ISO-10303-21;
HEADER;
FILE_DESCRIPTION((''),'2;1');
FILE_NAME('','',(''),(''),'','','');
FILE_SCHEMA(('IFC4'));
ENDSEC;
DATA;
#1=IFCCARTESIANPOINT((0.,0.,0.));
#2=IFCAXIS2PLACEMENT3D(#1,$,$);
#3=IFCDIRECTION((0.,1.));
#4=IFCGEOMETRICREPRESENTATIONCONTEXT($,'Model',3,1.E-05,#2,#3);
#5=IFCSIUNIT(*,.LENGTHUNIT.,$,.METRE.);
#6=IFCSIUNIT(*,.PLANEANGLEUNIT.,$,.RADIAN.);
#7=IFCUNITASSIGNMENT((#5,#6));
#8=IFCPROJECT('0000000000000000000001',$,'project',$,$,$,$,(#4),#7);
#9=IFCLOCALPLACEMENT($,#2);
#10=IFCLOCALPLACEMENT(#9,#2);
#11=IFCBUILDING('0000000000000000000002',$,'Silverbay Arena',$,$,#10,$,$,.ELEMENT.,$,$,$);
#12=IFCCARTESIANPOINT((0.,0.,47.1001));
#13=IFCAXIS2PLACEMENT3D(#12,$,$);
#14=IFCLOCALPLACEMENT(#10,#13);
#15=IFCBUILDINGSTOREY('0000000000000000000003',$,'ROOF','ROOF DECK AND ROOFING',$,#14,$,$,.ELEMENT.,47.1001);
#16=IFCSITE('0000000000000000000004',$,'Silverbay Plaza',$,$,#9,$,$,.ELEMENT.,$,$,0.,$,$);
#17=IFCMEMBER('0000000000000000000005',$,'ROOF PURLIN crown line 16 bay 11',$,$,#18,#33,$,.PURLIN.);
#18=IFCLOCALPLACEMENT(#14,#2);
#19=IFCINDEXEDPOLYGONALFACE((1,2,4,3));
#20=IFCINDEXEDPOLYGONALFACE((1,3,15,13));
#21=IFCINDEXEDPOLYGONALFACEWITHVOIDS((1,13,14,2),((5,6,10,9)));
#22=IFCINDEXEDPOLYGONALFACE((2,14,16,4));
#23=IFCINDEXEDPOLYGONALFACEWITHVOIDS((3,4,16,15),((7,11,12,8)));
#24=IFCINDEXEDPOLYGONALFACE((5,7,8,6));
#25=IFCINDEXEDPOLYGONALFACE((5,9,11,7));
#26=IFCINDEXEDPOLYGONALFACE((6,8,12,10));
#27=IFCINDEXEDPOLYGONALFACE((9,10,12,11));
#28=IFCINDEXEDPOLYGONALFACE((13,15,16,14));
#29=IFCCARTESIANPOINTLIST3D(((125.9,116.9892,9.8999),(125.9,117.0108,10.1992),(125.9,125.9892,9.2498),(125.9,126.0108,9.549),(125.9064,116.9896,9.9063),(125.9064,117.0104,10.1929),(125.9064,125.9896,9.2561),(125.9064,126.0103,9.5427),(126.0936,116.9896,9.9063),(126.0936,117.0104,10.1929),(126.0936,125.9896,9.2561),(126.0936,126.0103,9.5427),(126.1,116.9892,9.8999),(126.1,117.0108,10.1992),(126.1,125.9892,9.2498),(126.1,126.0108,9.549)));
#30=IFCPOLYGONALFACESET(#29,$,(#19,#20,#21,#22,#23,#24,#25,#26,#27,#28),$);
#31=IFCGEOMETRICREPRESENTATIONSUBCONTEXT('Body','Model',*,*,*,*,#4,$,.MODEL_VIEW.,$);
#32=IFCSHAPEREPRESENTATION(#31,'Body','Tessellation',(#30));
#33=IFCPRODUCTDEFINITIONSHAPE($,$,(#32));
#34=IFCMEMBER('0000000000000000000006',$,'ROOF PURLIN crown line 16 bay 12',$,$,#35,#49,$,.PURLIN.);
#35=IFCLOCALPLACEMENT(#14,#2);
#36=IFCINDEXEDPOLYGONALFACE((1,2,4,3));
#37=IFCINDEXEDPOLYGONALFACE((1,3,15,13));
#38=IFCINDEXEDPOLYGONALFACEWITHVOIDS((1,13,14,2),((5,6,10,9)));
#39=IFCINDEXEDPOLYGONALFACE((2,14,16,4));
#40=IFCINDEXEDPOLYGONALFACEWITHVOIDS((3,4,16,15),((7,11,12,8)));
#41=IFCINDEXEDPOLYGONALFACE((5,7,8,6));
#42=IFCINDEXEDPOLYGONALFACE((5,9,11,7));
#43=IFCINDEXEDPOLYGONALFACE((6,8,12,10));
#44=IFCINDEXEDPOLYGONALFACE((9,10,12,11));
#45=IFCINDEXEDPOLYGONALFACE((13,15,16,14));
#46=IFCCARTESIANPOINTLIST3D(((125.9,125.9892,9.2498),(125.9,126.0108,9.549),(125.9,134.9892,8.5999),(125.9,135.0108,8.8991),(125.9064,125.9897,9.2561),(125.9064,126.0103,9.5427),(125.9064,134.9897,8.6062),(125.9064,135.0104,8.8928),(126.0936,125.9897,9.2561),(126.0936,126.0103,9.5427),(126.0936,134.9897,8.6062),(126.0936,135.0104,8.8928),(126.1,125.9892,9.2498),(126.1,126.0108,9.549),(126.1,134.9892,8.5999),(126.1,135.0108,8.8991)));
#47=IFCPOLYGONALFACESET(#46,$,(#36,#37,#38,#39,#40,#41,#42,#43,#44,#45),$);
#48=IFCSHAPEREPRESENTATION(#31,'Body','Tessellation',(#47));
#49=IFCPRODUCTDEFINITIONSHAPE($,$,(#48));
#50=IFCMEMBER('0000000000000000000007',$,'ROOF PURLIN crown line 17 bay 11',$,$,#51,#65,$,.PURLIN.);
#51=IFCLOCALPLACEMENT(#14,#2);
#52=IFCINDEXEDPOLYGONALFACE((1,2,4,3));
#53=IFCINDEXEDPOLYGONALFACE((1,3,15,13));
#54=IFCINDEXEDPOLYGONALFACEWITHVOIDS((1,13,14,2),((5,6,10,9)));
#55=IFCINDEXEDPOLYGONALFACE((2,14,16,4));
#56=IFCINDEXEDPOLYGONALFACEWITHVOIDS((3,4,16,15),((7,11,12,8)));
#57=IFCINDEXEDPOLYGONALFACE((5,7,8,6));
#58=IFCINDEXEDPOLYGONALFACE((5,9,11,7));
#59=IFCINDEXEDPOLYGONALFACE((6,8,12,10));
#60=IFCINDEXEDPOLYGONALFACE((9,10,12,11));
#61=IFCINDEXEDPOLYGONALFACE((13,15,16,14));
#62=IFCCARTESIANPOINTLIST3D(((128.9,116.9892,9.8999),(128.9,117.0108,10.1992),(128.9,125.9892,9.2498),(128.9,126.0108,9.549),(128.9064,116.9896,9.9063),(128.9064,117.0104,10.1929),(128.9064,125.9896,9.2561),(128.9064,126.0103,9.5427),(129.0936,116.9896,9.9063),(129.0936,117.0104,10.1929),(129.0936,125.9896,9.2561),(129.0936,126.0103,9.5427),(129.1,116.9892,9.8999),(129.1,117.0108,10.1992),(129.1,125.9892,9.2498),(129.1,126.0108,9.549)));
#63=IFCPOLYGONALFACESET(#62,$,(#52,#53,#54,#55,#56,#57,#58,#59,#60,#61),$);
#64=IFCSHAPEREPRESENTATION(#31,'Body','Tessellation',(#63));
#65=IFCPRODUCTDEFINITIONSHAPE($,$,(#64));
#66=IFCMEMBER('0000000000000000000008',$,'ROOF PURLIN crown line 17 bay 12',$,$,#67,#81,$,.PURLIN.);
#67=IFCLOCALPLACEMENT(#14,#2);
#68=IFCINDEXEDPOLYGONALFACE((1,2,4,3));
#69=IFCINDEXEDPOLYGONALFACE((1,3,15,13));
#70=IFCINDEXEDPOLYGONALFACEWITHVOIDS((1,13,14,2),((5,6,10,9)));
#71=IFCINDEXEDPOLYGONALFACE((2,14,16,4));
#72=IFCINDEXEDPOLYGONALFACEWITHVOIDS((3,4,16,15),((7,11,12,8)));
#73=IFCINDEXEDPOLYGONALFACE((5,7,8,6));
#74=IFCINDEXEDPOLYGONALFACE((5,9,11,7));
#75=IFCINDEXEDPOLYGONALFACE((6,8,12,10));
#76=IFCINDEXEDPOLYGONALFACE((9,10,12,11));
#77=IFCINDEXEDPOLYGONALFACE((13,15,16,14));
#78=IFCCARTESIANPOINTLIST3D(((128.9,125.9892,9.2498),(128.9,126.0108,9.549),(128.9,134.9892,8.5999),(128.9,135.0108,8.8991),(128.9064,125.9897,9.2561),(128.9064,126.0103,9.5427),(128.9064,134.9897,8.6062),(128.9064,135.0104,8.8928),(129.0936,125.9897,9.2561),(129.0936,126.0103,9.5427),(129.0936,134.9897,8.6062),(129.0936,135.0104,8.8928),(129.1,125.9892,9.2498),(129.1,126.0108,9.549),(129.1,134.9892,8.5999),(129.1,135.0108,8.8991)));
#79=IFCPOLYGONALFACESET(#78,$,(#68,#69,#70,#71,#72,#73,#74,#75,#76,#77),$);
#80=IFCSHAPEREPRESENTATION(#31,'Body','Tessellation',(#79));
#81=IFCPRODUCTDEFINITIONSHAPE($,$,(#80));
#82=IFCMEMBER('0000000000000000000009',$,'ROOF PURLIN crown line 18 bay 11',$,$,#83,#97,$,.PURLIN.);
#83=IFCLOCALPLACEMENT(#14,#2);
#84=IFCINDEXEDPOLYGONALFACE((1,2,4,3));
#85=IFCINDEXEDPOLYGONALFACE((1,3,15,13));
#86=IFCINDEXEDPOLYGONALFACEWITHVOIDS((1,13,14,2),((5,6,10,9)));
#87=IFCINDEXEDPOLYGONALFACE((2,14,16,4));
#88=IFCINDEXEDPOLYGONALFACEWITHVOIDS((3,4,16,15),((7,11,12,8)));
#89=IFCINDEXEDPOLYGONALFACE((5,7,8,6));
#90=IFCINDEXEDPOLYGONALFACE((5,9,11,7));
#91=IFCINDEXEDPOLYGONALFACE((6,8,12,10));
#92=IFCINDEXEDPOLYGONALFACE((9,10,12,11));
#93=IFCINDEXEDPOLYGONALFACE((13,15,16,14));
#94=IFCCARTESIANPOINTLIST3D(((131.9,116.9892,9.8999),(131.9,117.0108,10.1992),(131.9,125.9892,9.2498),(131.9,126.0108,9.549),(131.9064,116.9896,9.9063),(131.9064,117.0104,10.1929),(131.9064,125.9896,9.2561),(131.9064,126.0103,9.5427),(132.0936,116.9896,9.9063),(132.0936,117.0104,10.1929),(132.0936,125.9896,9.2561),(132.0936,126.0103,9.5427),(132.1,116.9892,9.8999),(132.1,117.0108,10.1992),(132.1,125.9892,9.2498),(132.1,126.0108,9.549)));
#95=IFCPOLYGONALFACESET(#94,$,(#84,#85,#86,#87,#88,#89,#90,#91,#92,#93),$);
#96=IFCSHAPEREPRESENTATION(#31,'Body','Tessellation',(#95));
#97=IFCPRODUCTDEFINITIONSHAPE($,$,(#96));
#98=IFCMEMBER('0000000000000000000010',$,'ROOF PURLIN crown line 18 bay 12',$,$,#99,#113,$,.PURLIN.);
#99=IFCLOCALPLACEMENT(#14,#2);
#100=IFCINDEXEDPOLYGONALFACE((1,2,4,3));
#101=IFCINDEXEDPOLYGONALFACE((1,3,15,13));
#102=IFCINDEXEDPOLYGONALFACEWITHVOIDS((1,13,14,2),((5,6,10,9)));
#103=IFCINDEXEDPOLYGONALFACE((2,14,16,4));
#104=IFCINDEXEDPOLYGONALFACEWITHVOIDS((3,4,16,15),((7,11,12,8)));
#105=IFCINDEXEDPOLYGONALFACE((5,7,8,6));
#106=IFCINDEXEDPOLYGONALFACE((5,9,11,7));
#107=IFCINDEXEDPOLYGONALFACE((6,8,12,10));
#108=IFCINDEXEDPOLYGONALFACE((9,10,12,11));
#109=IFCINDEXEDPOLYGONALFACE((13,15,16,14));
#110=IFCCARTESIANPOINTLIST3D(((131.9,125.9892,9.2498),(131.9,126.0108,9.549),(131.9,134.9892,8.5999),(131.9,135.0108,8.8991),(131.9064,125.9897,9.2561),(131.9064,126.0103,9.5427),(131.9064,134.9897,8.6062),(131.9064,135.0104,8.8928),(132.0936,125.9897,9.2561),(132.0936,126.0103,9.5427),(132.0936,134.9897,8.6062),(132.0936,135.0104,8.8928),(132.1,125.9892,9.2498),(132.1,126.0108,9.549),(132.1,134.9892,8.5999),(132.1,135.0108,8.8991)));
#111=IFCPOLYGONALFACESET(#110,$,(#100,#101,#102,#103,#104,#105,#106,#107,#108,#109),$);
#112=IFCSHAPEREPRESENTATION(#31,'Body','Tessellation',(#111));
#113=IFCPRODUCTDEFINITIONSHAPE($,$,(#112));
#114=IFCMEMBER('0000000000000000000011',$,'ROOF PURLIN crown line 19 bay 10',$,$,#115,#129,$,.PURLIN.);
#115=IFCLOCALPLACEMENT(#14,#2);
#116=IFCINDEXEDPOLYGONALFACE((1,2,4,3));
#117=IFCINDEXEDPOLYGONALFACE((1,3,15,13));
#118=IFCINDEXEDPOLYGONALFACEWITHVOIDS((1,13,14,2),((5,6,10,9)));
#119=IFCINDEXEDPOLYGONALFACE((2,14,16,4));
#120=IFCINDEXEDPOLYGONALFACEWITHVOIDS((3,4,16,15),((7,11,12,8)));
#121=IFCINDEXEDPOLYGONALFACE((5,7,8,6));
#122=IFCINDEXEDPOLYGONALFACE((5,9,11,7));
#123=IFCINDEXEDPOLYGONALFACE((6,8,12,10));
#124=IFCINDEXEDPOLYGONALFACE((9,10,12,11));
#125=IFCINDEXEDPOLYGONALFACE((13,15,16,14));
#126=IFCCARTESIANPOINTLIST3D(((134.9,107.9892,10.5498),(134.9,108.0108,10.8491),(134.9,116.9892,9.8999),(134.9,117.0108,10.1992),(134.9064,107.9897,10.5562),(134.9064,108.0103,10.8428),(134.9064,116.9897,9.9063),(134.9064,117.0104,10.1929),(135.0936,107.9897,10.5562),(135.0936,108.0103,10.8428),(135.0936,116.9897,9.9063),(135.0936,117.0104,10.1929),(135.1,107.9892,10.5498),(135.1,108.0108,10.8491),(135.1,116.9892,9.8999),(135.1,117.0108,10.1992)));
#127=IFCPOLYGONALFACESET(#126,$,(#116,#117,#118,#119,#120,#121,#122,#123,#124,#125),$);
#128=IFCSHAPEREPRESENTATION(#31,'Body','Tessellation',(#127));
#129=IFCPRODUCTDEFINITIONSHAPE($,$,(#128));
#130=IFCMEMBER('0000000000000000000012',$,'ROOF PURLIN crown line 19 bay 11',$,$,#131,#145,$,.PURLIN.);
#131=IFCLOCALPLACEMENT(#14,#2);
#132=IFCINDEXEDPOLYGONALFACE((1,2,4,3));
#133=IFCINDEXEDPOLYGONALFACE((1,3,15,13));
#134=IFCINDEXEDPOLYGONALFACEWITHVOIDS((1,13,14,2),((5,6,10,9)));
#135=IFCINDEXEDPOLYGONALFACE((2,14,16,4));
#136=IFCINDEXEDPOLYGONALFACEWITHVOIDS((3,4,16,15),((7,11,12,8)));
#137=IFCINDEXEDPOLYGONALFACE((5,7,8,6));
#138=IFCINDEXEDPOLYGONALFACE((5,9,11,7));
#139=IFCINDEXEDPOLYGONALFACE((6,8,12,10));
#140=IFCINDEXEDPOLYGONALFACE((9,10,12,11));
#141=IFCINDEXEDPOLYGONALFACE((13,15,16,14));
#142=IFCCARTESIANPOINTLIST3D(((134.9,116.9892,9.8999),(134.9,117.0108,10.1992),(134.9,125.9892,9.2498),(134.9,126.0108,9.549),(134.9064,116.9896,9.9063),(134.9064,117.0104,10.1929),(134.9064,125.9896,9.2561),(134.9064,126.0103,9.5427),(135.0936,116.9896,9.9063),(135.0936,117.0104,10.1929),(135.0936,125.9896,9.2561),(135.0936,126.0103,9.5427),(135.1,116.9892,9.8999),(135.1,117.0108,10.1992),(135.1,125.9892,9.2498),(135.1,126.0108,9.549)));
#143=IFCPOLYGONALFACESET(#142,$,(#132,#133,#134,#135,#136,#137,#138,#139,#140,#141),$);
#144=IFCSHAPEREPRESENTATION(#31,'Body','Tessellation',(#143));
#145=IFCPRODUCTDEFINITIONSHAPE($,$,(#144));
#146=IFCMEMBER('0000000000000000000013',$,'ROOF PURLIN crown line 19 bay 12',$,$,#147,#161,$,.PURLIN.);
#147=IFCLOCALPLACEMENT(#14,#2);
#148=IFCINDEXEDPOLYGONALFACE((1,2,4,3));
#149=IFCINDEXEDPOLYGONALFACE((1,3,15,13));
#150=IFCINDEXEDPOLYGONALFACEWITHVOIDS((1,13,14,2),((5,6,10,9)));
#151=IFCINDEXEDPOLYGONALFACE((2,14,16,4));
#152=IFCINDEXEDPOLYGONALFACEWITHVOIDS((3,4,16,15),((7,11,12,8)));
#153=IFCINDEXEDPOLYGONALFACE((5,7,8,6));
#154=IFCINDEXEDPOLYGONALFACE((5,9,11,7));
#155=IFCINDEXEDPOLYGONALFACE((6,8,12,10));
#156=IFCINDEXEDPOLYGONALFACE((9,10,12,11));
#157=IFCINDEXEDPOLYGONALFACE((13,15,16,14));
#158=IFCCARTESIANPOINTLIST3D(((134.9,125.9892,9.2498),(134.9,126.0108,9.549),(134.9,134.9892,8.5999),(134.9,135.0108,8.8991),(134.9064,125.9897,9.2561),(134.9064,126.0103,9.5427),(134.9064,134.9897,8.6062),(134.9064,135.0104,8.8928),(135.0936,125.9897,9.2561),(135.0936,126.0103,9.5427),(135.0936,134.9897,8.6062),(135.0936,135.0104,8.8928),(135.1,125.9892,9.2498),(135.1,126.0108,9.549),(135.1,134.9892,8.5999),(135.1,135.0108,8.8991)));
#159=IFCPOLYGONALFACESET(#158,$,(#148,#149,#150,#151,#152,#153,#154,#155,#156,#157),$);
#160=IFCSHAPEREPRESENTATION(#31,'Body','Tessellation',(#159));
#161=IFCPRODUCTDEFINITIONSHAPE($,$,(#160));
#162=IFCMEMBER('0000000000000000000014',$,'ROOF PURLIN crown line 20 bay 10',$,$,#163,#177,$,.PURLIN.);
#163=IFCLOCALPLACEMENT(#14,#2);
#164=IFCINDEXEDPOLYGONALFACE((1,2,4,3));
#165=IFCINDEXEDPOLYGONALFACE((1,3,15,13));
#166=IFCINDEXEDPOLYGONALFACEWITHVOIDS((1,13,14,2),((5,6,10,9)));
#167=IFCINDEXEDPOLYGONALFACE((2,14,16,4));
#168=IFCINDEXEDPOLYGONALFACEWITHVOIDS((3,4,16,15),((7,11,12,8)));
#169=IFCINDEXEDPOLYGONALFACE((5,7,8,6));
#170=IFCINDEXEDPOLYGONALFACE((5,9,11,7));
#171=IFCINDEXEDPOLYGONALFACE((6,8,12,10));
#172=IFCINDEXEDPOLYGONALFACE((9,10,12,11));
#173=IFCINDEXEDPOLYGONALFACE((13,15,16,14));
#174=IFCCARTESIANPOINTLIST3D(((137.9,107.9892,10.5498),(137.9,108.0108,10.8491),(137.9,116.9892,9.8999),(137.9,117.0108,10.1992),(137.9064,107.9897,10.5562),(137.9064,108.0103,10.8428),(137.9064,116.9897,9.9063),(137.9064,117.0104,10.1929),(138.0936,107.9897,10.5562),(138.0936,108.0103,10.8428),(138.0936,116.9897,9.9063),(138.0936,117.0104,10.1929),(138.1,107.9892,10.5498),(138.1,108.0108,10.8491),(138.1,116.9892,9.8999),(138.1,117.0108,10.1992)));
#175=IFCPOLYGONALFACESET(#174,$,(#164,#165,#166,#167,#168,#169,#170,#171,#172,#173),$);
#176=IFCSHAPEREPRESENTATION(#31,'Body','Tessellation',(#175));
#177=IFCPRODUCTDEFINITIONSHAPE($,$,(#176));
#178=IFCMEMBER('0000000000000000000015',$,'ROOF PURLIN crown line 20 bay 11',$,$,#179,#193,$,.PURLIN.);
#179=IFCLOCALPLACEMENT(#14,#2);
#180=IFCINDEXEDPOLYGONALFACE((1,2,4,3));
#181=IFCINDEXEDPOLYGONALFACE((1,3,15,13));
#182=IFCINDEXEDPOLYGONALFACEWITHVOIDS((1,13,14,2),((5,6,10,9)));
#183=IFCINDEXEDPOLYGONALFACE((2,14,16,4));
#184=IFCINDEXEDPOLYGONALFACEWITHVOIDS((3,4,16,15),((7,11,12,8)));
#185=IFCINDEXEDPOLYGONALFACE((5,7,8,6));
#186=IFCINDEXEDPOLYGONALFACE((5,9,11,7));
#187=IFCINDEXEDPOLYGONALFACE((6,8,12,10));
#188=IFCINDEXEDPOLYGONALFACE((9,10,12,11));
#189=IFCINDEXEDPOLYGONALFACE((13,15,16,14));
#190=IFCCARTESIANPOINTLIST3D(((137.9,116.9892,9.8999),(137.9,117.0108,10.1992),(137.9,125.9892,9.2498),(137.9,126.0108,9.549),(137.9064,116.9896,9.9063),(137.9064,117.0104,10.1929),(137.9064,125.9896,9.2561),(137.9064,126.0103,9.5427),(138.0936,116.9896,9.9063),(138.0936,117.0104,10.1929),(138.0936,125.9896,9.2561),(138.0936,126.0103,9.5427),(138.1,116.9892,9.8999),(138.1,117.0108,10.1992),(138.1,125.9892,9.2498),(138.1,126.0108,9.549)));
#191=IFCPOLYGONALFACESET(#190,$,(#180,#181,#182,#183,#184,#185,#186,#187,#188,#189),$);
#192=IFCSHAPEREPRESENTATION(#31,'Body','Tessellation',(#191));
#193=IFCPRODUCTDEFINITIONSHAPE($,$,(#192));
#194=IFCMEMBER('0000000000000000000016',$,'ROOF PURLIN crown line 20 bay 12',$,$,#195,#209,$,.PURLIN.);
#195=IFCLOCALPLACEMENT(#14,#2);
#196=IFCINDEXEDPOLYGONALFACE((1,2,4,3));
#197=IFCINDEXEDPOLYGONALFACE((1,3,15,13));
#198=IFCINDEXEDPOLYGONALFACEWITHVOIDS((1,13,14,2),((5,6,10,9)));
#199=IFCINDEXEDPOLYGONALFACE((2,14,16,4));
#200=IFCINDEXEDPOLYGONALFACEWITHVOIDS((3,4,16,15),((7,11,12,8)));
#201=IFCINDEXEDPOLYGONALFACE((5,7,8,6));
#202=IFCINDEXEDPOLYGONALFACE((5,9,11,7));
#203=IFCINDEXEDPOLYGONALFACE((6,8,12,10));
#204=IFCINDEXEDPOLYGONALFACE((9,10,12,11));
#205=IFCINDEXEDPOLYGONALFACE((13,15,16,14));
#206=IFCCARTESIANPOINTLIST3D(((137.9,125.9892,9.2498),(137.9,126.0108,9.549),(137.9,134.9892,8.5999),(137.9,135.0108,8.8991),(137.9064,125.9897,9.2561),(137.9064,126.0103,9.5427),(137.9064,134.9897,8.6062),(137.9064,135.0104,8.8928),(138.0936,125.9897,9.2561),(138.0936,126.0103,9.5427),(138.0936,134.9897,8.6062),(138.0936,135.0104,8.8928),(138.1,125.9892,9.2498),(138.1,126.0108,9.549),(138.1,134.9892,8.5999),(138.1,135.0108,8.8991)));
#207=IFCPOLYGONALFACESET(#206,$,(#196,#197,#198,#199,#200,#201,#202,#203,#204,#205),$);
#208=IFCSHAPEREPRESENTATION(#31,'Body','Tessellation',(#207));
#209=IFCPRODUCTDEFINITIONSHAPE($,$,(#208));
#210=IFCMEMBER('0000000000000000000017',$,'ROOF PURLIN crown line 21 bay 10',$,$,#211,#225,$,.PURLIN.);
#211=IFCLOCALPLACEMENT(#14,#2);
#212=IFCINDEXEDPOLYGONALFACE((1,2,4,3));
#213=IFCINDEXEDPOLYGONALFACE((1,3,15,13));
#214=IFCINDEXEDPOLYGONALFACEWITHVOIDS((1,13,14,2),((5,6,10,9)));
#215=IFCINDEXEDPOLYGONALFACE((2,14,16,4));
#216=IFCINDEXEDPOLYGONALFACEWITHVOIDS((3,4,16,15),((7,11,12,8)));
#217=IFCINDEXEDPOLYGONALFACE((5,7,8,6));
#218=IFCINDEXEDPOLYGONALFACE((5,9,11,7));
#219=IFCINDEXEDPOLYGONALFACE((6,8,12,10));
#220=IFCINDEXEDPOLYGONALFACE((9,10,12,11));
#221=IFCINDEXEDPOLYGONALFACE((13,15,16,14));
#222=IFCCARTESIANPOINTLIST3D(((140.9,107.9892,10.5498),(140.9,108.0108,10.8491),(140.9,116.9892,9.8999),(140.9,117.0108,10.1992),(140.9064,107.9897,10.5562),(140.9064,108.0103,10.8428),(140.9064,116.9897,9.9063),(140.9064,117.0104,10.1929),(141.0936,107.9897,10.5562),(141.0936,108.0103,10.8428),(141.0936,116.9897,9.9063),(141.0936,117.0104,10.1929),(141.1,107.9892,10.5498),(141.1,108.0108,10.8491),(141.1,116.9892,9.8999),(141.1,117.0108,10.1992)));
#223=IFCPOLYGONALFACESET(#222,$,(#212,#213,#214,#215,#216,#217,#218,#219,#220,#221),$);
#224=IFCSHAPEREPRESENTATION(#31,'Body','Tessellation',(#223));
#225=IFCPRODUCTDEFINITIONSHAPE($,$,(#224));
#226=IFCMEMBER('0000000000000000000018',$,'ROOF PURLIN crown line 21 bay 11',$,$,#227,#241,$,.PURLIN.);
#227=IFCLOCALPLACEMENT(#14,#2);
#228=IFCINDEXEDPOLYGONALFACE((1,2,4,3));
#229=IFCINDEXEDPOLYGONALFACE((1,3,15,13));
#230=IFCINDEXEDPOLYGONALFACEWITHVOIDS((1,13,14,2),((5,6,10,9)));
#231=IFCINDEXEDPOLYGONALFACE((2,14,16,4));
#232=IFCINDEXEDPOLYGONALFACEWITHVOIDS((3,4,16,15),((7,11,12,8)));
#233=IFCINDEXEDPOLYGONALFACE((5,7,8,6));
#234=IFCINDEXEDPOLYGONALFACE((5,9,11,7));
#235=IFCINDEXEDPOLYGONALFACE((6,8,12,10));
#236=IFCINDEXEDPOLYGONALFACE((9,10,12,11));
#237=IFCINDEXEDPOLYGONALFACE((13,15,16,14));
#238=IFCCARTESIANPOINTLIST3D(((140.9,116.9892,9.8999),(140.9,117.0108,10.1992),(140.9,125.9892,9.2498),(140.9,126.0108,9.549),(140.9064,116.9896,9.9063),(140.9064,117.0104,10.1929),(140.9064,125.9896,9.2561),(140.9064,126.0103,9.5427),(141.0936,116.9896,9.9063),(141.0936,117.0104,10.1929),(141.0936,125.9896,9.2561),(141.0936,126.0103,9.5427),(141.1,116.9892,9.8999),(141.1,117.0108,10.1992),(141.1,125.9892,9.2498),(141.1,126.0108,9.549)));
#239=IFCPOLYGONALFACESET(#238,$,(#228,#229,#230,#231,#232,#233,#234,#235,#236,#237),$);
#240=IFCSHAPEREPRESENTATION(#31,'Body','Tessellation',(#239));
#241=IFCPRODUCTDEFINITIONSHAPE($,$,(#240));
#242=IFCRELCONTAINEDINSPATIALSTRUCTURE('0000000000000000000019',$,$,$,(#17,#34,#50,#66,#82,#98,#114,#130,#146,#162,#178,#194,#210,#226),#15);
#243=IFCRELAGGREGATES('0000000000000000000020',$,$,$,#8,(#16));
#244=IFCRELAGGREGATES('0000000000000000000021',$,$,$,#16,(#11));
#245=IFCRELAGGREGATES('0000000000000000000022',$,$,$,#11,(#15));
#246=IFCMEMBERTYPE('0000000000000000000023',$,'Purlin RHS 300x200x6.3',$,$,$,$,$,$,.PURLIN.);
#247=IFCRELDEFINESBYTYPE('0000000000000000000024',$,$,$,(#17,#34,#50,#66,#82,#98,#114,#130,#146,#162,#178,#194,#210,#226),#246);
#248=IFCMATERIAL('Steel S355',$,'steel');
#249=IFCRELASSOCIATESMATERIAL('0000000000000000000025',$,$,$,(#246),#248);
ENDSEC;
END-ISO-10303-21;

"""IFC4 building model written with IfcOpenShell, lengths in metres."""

from ifc_helpers import new_model, si_unit, direction, frame, origin, origin_2d, place, context, subcontext, project, spatial, hollow_rectangle, extrude, material, material_profile, profile_set, type_object, element, save


model = new_model("IFC4")

# Units and contexts
model_context = context("Model", 3, precision=1e-05, world=origin(), true_north=direction((0.0, 1.0)))
body_context = subcontext(model_context, "Body", "Model", "MODEL_VIEW")
ifc_project = project(units=[si_unit("LENGTHUNIT", "METRE"), si_unit("PLANEANGLEUNIT", "RADIAN")], contexts=[model_context])

# Site, building, storey
site_placement = place(None, origin())
site = spatial("IfcSite", under=ifc_project, at=site_placement, Name="Silverbay Plaza", CompositionType="ELEMENT", RefElevation=0.0)
building_placement = place(site_placement, origin())
building = spatial("IfcBuilding", under=site, at=building_placement, Name="Silverbay Arena", CompositionType="ELEMENT")
storey_placement = place(building_placement, frame((0.0, 0.0, 47.1001)))
storey = spatial("IfcBuildingStorey", under=building, at=storey_placement, Name="ROOF", Description="ROOF DECK AND ROOFING", CompositionType="ELEMENT", Elevation=47.1001)

# Members
ifc_material_1 = material(Name="Steel S355", Category="steel")
ifc_material_profile_1 = material_profile(ifc_material_1, hollow_rectangle(XDim=0.2, YDim=0.3, WallThickness=0.0063, at=origin_2d()), Name="RHS 300x200x6.3")
ifc_profile_set_1 = profile_set([ifc_material_profile_1], Name="Steel S355")
member_type_1 = type_object("IfcMemberType", Name="Purlin RHS 300x200x6.3", PredefinedType="PURLIN", material=ifc_profile_set_1)
for number, where, z_axis, x_axis, name in (
    (1, (126.0, 117.0, 10.0496), (0.0, 0.997401, -0.072051), (-1.0, 0.0, 0.0), "ROOF PURLIN crown line 16 bay 11"),
    (2, (126.0, 126.0, 9.3994), (0.0, 0.997403, -0.072024), (-1.0, 0.0, 0.0), "ROOF PURLIN crown line 16 bay 12"),
    (3, (129.0, 117.0, 10.0496), (0.0, 0.997401, -0.072051), (-1.0, 0.0, 0.0), "ROOF PURLIN crown line 17 bay 11"),
    (4, (129.0, 126.0, 9.3994), (0.0, 0.997403, -0.072024), (-1.0, 0.0, 0.0), "ROOF PURLIN crown line 17 bay 12"),
    (5, (132.0, 117.0, 10.0496), (0.0, 0.997401, -0.072051), (-1.0, 0.0, 0.0), "ROOF PURLIN crown line 18 bay 11"),
    (6, (132.0, 126.0, 9.3994), (0.0, 0.997403, -0.072024), (-1.0, 0.0, 0.0), "ROOF PURLIN crown line 18 bay 12"),
    (7, (135.0, 108.0, 10.6995), (0.0, 0.997403, -0.072024), (-1.0, 0.0, 0.0), "ROOF PURLIN crown line 19 bay 10"),
    (8, (135.0, 117.0, 10.0496), (0.0, 0.997401, -0.072051), (-1.0, 0.0, 0.0), "ROOF PURLIN crown line 19 bay 11"),
    (9, (135.0, 126.0, 9.3994), (0.0, 0.997403, -0.072024), (-1.0, 0.0, 0.0), "ROOF PURLIN crown line 19 bay 12"),
    (10, (138.0, 108.0, 10.6995), (0.0, 0.997403, -0.072024), (-1.0, 0.0, 0.0), "ROOF PURLIN crown line 20 bay 10"),
    (11, (138.0, 117.0, 10.0496), (0.0, 0.997401, -0.072051), (-1.0, 0.0, 0.0), "ROOF PURLIN crown line 20 bay 11"),
    (12, (138.0, 126.0, 9.3994), (0.0, 0.997403, -0.072024), (-1.0, 0.0, 0.0), "ROOF PURLIN crown line 20 bay 12"),
    (13, (141.0, 108.0, 10.6995), (0.0, 0.997403, -0.072024), (-1.0, 0.0, 0.0), "ROOF PURLIN crown line 21 bay 10"),
    (14, (141.0, 117.0, 10.0496), (0.0, 0.997401, -0.072051), (-1.0, 0.0, 0.0), "ROOF PURLIN crown line 21 bay 11"),
):
    element("IfcMember", number, at=place(storey_placement, frame(where, z_axis=z_axis, x_axis=x_axis)), inside=storey, type_object=member_type_1, Name=name, PredefinedType="PURLIN", context=body_context, shape_type="SweptSolid", body=[
        extrude(hollow_rectangle(XDim=0.2, YDim=0.3, WallThickness=0.0063, at=origin_2d()), origin(), (0.0, 0.0, 1.0), 9.0234),
    ])

save(model, "model.ifc")
